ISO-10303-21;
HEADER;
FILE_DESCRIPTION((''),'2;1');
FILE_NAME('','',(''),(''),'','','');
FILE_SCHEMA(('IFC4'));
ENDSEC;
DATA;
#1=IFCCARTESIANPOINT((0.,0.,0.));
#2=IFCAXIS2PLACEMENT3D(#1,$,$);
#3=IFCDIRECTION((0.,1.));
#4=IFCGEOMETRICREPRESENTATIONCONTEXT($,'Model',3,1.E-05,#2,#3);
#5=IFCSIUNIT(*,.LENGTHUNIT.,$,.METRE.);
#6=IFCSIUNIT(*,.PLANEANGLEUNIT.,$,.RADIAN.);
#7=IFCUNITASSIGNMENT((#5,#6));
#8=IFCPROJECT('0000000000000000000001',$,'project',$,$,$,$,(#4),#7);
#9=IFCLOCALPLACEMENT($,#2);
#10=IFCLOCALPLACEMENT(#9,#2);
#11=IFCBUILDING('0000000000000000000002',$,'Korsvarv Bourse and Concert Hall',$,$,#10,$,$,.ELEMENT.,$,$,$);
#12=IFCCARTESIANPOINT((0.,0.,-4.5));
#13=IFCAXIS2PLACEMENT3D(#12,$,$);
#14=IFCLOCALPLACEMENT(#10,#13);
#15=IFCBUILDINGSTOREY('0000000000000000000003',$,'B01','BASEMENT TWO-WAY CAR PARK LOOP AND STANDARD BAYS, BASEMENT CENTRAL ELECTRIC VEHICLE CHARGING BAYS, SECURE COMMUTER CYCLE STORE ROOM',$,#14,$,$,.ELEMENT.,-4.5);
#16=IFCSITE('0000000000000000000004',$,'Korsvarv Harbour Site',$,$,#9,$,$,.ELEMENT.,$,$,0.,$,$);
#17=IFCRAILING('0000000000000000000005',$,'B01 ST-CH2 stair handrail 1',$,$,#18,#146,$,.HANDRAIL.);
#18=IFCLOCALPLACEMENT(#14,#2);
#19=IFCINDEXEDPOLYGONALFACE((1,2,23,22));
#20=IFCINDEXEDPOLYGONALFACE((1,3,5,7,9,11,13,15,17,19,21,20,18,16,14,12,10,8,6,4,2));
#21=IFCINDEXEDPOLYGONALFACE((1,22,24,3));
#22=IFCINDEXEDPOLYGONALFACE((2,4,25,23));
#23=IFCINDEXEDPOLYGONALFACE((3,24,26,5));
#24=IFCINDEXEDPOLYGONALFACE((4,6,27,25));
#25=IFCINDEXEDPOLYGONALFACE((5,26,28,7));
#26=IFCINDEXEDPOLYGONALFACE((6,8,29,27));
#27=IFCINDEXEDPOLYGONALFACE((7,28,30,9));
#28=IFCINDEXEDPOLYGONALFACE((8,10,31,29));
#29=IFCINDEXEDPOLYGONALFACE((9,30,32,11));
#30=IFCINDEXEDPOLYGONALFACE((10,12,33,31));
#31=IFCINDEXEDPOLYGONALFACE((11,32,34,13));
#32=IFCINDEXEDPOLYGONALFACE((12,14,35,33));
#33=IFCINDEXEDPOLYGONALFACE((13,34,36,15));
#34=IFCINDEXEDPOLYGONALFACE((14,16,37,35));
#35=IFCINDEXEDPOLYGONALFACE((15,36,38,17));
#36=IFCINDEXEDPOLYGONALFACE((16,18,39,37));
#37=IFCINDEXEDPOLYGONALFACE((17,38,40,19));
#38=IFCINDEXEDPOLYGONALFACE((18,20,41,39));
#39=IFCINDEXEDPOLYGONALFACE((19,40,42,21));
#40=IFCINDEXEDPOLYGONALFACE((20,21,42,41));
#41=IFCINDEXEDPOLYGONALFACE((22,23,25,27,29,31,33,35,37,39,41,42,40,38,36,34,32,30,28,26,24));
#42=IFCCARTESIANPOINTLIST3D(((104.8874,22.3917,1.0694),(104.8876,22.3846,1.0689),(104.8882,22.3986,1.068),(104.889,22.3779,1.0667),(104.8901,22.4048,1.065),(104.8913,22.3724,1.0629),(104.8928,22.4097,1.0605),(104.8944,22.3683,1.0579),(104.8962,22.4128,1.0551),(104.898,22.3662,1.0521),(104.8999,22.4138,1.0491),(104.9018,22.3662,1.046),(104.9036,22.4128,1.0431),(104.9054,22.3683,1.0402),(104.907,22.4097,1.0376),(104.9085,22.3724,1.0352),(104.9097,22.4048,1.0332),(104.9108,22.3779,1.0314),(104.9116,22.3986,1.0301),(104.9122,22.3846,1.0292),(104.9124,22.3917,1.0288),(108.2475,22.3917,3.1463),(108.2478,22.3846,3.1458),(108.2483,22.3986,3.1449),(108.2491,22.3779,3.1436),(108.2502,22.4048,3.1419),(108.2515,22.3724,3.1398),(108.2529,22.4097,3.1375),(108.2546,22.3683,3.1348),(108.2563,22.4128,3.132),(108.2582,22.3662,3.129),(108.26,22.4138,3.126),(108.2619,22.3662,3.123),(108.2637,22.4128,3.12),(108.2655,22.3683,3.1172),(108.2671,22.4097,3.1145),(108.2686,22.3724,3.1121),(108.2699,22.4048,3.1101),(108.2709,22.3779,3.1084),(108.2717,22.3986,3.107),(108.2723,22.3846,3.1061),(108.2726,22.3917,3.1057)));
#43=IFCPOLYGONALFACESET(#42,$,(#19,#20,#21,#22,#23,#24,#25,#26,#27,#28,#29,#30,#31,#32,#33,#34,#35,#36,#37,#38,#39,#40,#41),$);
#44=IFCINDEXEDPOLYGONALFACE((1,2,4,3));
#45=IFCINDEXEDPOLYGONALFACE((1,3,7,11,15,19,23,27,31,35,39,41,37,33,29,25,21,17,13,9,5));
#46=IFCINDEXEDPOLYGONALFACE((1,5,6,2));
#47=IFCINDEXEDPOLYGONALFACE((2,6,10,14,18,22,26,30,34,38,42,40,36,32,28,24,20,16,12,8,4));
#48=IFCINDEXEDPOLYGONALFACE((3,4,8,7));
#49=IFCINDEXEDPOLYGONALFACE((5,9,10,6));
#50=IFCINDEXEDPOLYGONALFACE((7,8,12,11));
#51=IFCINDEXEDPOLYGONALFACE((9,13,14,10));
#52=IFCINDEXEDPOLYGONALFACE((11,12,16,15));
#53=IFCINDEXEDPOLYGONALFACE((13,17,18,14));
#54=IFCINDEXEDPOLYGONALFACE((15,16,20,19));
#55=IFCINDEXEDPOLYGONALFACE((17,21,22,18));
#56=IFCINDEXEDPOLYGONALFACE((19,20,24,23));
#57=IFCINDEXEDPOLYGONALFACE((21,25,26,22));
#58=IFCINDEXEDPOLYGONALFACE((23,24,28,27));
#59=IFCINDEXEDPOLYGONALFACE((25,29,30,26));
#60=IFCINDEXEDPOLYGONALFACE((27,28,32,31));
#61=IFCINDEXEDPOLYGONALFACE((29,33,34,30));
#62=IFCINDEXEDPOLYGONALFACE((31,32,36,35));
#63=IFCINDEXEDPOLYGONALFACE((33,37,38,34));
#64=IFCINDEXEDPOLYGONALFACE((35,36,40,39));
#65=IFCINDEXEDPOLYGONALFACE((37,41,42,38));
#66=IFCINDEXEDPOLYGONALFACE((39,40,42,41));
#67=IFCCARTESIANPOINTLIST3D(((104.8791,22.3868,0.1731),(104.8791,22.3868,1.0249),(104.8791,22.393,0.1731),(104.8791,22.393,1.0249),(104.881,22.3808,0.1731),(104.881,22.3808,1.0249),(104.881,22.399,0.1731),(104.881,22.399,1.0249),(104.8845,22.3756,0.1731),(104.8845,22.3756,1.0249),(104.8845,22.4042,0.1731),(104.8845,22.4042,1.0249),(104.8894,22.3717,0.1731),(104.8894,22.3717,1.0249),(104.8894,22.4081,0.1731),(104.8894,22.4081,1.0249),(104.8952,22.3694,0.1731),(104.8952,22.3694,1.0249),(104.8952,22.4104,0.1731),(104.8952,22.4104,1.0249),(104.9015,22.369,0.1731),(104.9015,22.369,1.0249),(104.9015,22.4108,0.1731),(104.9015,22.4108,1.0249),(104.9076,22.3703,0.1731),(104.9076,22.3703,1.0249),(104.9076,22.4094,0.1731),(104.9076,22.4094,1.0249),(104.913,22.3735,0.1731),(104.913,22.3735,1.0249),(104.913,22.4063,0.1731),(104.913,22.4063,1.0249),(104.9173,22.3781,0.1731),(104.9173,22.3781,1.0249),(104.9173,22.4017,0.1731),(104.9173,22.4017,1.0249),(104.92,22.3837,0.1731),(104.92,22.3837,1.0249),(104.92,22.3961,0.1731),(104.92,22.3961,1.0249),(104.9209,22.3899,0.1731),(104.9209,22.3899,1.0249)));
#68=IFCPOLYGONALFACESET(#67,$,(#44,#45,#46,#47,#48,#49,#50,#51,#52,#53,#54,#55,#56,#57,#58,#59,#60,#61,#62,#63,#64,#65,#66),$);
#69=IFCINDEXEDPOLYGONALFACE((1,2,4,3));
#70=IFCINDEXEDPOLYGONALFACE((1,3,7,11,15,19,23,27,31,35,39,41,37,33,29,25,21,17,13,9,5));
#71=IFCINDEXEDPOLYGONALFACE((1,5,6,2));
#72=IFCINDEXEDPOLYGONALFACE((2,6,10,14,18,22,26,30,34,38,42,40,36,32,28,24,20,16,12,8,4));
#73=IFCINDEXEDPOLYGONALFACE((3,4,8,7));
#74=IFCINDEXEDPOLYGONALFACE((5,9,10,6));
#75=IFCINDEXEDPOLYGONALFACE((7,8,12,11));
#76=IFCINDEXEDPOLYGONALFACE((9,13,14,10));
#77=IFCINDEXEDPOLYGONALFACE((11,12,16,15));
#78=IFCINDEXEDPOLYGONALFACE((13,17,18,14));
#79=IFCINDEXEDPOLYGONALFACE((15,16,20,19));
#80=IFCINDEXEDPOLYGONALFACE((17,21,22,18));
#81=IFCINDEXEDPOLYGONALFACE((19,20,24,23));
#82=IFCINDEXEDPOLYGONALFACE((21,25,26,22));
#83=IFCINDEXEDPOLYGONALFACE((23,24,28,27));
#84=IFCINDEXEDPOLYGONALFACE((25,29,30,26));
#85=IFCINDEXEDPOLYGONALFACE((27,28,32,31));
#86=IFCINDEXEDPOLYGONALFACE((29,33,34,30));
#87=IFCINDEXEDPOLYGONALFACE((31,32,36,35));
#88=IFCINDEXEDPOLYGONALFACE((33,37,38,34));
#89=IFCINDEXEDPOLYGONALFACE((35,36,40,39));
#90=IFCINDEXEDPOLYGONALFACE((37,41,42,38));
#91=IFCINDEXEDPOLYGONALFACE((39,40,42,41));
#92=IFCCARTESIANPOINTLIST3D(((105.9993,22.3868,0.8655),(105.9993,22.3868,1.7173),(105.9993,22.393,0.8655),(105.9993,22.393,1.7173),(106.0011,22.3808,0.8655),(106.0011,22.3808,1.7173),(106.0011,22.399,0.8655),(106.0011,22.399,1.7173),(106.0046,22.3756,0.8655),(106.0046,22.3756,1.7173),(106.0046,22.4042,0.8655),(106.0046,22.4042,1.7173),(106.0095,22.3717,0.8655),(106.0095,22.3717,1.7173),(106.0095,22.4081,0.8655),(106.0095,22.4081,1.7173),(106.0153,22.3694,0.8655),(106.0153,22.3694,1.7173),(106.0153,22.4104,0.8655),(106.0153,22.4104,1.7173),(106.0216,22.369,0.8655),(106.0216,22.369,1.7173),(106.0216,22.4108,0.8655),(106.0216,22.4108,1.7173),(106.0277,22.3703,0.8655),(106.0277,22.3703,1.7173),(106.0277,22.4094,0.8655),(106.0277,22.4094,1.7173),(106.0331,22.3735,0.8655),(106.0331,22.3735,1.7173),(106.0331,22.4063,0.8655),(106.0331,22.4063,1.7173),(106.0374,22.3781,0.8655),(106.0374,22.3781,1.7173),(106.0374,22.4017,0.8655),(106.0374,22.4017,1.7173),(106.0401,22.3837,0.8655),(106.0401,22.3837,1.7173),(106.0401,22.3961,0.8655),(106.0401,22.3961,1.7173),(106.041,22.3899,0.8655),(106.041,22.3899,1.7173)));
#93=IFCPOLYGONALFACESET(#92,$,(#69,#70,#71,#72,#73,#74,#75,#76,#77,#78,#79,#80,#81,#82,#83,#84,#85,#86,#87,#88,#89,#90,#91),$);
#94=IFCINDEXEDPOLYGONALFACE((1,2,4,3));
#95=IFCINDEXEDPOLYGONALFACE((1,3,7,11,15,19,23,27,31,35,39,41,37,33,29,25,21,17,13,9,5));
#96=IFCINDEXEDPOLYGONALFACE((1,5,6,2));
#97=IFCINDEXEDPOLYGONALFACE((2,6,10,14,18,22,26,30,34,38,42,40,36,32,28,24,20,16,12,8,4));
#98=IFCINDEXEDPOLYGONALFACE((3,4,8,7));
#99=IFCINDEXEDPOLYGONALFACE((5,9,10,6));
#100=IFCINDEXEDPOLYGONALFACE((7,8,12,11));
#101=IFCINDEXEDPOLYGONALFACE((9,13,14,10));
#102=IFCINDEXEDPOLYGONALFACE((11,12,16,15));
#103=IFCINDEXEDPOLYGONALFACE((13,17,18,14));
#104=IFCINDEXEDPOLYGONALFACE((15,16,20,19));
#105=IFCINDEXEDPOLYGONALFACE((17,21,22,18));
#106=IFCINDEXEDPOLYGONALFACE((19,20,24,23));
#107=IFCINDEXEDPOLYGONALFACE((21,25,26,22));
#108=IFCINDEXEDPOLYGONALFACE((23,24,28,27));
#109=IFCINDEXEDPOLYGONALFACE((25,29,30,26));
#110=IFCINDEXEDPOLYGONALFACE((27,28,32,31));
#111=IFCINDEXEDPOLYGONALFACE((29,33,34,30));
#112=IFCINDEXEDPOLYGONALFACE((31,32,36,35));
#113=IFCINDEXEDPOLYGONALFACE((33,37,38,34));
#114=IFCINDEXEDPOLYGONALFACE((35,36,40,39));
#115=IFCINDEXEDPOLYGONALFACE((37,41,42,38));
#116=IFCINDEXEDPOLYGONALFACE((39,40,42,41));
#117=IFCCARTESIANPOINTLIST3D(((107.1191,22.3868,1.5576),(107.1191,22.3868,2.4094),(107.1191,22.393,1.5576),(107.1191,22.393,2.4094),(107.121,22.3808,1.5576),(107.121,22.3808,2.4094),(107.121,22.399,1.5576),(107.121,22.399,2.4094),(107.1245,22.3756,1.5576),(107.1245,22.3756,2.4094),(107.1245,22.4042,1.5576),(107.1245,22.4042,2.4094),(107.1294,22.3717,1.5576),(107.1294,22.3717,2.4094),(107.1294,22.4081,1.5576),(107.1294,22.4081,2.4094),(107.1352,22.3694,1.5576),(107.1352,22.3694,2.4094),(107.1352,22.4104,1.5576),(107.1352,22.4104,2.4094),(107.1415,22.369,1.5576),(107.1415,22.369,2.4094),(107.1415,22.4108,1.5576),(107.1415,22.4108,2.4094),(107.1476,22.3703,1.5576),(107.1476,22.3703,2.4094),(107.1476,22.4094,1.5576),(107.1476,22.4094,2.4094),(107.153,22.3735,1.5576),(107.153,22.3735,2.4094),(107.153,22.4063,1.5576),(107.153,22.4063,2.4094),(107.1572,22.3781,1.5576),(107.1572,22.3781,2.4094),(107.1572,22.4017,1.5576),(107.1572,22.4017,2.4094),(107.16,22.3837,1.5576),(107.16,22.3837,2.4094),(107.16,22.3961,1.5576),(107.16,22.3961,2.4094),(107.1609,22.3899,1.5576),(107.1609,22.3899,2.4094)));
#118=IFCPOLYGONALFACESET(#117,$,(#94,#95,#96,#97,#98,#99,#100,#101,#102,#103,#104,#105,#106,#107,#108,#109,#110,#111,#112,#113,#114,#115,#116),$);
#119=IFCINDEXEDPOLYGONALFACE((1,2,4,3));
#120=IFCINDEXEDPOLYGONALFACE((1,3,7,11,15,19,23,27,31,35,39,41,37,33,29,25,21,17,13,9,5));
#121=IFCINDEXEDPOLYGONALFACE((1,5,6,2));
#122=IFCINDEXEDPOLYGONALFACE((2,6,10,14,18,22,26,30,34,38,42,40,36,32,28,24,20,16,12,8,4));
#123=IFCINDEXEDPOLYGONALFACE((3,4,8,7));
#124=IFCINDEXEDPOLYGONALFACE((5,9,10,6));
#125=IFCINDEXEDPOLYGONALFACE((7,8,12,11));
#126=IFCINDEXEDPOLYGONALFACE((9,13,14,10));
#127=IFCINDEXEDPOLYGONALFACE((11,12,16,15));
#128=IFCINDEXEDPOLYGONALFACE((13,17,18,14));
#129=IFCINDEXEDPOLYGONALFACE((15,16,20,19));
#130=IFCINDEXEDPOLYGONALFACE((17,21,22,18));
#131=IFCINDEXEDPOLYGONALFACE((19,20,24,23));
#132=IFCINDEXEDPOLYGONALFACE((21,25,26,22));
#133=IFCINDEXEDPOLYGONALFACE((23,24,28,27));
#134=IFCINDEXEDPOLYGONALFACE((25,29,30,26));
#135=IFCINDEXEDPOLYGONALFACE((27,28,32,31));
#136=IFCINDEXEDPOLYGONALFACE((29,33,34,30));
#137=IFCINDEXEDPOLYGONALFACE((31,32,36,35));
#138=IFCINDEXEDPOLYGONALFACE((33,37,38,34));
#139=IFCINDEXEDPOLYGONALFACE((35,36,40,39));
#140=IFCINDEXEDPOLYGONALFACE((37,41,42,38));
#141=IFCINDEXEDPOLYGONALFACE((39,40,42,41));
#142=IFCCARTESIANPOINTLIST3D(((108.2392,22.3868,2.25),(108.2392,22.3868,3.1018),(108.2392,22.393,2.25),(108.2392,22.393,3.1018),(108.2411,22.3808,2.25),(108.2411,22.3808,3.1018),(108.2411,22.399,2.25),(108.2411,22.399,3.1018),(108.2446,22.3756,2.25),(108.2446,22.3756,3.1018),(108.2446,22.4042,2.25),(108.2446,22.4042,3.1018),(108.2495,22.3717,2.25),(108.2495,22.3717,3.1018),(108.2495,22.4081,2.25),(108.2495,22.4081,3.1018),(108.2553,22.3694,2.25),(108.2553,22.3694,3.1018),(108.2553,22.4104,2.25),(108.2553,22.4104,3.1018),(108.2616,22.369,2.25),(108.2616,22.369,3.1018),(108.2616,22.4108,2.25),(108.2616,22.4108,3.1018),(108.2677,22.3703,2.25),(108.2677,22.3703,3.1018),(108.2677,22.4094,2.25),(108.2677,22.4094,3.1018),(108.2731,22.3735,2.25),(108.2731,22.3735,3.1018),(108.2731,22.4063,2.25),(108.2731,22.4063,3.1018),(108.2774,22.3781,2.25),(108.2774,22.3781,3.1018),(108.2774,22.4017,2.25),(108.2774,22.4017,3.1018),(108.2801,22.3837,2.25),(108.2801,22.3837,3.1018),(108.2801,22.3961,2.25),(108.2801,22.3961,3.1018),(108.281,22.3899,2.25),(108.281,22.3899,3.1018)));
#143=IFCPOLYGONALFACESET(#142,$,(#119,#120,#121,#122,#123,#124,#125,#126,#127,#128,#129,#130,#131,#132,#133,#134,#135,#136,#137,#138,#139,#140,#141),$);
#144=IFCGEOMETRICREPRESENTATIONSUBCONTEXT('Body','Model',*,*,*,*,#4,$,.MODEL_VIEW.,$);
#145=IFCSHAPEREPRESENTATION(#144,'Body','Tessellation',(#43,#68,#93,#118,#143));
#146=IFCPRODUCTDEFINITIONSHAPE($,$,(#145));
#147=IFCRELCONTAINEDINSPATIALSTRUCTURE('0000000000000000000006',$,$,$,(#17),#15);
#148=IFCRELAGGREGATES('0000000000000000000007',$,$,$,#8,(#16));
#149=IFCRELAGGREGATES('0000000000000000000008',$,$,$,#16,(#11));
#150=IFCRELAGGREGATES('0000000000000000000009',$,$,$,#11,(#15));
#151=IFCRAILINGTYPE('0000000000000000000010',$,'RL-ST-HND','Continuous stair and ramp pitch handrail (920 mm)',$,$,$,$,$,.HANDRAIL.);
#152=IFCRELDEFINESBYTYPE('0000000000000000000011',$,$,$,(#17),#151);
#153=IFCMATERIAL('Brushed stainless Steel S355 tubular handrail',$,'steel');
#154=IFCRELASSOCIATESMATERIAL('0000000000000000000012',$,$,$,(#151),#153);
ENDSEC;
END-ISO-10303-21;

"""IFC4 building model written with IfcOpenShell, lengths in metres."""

from ifc_helpers import new_model, si_unit, direction, frame, origin, origin_2d, place, context, subcontext, project, spatial, circle, extrude, material, type_object, element, save


model = new_model("IFC4")

# Units and contexts
model_context = context("Model", 3, precision=1e-05, world=origin(), true_north=direction((0.0, 1.0)))
body_context = subcontext(model_context, "Body", "Model", "MODEL_VIEW")
ifc_project = project(units=[si_unit("LENGTHUNIT", "METRE"), si_unit("PLANEANGLEUNIT", "RADIAN")], contexts=[model_context])

# Site, building, storey
site_placement = place(None, origin())
site = spatial("IfcSite", under=ifc_project, at=site_placement, Name="Korsvarv Harbour Site", CompositionType="ELEMENT", RefElevation=0.0)
building_placement = place(site_placement, origin())
building = spatial("IfcBuilding", under=site, at=building_placement, Name="Korsvarv Bourse and Concert Hall", CompositionType="ELEMENT")
storey_placement = place(building_placement, frame((0.0, 0.0, -4.5)))
storey = spatial("IfcBuildingStorey", under=building, at=storey_placement, Name="B01", Description="BASEMENT TWO-WAY CAR PARK LOOP AND STANDARD BAYS, BASEMENT CENTRAL ELECTRIC VEHICLE CHARGING BAYS, SECURE COMMUTER CYCLE STORE ROOM", CompositionType="ELEMENT", Elevation=-4.5)

# Railing
ifc_material_1 = material(Name="Brushed stainless Steel S355 tubular handrail", Category="steel")
railing_type_1 = type_object("IfcRailingType", Name="RL-ST-HND", Description="Continuous stair and ramp pitch handrail (920 mm)", PredefinedType="HANDRAIL", material=ifc_material_1)
railing_1_placement = place(storey_placement, frame((104.8999, 22.3899, 0.1731)))
element("IfcRailing", 1, at=railing_1_placement, inside=storey, type_object=railing_type_1, Name="B01 ST-CH2 stair handrail 1", PredefinedType="HANDRAIL", context=body_context, shape_type="SweptSolid", body=[
    extrude(circle(Radius=0.0239, at=origin_2d()), frame((0.0, 0.0, 0.876), z_axis=(0.850623, 0.0, 0.525776), x_axis=(0.0, 1.0, 0.0)), (0.0, 0.0, 1.0), 3.9502),
    extrude(circle(Radius=0.021, at=origin_2d()), origin(), (0.0, 0.0, 1.0), 0.8518),
    extrude(circle(Radius=0.021, at=origin_2d()), frame((1.1201, 0.0, 0.6924)), (0.0, 0.0, 1.0), 0.8518),
    extrude(circle(Radius=0.021, at=origin_2d()), frame((2.24, 0.0, 1.3845)), (0.0, 0.0, 1.0), 0.8518),
    extrude(circle(Radius=0.021, at=origin_2d()), frame((3.3601, 0.0, 2.0769)), (0.0, 0.0, 1.0), 0.8518),
])

save(model, "model.ifc")
